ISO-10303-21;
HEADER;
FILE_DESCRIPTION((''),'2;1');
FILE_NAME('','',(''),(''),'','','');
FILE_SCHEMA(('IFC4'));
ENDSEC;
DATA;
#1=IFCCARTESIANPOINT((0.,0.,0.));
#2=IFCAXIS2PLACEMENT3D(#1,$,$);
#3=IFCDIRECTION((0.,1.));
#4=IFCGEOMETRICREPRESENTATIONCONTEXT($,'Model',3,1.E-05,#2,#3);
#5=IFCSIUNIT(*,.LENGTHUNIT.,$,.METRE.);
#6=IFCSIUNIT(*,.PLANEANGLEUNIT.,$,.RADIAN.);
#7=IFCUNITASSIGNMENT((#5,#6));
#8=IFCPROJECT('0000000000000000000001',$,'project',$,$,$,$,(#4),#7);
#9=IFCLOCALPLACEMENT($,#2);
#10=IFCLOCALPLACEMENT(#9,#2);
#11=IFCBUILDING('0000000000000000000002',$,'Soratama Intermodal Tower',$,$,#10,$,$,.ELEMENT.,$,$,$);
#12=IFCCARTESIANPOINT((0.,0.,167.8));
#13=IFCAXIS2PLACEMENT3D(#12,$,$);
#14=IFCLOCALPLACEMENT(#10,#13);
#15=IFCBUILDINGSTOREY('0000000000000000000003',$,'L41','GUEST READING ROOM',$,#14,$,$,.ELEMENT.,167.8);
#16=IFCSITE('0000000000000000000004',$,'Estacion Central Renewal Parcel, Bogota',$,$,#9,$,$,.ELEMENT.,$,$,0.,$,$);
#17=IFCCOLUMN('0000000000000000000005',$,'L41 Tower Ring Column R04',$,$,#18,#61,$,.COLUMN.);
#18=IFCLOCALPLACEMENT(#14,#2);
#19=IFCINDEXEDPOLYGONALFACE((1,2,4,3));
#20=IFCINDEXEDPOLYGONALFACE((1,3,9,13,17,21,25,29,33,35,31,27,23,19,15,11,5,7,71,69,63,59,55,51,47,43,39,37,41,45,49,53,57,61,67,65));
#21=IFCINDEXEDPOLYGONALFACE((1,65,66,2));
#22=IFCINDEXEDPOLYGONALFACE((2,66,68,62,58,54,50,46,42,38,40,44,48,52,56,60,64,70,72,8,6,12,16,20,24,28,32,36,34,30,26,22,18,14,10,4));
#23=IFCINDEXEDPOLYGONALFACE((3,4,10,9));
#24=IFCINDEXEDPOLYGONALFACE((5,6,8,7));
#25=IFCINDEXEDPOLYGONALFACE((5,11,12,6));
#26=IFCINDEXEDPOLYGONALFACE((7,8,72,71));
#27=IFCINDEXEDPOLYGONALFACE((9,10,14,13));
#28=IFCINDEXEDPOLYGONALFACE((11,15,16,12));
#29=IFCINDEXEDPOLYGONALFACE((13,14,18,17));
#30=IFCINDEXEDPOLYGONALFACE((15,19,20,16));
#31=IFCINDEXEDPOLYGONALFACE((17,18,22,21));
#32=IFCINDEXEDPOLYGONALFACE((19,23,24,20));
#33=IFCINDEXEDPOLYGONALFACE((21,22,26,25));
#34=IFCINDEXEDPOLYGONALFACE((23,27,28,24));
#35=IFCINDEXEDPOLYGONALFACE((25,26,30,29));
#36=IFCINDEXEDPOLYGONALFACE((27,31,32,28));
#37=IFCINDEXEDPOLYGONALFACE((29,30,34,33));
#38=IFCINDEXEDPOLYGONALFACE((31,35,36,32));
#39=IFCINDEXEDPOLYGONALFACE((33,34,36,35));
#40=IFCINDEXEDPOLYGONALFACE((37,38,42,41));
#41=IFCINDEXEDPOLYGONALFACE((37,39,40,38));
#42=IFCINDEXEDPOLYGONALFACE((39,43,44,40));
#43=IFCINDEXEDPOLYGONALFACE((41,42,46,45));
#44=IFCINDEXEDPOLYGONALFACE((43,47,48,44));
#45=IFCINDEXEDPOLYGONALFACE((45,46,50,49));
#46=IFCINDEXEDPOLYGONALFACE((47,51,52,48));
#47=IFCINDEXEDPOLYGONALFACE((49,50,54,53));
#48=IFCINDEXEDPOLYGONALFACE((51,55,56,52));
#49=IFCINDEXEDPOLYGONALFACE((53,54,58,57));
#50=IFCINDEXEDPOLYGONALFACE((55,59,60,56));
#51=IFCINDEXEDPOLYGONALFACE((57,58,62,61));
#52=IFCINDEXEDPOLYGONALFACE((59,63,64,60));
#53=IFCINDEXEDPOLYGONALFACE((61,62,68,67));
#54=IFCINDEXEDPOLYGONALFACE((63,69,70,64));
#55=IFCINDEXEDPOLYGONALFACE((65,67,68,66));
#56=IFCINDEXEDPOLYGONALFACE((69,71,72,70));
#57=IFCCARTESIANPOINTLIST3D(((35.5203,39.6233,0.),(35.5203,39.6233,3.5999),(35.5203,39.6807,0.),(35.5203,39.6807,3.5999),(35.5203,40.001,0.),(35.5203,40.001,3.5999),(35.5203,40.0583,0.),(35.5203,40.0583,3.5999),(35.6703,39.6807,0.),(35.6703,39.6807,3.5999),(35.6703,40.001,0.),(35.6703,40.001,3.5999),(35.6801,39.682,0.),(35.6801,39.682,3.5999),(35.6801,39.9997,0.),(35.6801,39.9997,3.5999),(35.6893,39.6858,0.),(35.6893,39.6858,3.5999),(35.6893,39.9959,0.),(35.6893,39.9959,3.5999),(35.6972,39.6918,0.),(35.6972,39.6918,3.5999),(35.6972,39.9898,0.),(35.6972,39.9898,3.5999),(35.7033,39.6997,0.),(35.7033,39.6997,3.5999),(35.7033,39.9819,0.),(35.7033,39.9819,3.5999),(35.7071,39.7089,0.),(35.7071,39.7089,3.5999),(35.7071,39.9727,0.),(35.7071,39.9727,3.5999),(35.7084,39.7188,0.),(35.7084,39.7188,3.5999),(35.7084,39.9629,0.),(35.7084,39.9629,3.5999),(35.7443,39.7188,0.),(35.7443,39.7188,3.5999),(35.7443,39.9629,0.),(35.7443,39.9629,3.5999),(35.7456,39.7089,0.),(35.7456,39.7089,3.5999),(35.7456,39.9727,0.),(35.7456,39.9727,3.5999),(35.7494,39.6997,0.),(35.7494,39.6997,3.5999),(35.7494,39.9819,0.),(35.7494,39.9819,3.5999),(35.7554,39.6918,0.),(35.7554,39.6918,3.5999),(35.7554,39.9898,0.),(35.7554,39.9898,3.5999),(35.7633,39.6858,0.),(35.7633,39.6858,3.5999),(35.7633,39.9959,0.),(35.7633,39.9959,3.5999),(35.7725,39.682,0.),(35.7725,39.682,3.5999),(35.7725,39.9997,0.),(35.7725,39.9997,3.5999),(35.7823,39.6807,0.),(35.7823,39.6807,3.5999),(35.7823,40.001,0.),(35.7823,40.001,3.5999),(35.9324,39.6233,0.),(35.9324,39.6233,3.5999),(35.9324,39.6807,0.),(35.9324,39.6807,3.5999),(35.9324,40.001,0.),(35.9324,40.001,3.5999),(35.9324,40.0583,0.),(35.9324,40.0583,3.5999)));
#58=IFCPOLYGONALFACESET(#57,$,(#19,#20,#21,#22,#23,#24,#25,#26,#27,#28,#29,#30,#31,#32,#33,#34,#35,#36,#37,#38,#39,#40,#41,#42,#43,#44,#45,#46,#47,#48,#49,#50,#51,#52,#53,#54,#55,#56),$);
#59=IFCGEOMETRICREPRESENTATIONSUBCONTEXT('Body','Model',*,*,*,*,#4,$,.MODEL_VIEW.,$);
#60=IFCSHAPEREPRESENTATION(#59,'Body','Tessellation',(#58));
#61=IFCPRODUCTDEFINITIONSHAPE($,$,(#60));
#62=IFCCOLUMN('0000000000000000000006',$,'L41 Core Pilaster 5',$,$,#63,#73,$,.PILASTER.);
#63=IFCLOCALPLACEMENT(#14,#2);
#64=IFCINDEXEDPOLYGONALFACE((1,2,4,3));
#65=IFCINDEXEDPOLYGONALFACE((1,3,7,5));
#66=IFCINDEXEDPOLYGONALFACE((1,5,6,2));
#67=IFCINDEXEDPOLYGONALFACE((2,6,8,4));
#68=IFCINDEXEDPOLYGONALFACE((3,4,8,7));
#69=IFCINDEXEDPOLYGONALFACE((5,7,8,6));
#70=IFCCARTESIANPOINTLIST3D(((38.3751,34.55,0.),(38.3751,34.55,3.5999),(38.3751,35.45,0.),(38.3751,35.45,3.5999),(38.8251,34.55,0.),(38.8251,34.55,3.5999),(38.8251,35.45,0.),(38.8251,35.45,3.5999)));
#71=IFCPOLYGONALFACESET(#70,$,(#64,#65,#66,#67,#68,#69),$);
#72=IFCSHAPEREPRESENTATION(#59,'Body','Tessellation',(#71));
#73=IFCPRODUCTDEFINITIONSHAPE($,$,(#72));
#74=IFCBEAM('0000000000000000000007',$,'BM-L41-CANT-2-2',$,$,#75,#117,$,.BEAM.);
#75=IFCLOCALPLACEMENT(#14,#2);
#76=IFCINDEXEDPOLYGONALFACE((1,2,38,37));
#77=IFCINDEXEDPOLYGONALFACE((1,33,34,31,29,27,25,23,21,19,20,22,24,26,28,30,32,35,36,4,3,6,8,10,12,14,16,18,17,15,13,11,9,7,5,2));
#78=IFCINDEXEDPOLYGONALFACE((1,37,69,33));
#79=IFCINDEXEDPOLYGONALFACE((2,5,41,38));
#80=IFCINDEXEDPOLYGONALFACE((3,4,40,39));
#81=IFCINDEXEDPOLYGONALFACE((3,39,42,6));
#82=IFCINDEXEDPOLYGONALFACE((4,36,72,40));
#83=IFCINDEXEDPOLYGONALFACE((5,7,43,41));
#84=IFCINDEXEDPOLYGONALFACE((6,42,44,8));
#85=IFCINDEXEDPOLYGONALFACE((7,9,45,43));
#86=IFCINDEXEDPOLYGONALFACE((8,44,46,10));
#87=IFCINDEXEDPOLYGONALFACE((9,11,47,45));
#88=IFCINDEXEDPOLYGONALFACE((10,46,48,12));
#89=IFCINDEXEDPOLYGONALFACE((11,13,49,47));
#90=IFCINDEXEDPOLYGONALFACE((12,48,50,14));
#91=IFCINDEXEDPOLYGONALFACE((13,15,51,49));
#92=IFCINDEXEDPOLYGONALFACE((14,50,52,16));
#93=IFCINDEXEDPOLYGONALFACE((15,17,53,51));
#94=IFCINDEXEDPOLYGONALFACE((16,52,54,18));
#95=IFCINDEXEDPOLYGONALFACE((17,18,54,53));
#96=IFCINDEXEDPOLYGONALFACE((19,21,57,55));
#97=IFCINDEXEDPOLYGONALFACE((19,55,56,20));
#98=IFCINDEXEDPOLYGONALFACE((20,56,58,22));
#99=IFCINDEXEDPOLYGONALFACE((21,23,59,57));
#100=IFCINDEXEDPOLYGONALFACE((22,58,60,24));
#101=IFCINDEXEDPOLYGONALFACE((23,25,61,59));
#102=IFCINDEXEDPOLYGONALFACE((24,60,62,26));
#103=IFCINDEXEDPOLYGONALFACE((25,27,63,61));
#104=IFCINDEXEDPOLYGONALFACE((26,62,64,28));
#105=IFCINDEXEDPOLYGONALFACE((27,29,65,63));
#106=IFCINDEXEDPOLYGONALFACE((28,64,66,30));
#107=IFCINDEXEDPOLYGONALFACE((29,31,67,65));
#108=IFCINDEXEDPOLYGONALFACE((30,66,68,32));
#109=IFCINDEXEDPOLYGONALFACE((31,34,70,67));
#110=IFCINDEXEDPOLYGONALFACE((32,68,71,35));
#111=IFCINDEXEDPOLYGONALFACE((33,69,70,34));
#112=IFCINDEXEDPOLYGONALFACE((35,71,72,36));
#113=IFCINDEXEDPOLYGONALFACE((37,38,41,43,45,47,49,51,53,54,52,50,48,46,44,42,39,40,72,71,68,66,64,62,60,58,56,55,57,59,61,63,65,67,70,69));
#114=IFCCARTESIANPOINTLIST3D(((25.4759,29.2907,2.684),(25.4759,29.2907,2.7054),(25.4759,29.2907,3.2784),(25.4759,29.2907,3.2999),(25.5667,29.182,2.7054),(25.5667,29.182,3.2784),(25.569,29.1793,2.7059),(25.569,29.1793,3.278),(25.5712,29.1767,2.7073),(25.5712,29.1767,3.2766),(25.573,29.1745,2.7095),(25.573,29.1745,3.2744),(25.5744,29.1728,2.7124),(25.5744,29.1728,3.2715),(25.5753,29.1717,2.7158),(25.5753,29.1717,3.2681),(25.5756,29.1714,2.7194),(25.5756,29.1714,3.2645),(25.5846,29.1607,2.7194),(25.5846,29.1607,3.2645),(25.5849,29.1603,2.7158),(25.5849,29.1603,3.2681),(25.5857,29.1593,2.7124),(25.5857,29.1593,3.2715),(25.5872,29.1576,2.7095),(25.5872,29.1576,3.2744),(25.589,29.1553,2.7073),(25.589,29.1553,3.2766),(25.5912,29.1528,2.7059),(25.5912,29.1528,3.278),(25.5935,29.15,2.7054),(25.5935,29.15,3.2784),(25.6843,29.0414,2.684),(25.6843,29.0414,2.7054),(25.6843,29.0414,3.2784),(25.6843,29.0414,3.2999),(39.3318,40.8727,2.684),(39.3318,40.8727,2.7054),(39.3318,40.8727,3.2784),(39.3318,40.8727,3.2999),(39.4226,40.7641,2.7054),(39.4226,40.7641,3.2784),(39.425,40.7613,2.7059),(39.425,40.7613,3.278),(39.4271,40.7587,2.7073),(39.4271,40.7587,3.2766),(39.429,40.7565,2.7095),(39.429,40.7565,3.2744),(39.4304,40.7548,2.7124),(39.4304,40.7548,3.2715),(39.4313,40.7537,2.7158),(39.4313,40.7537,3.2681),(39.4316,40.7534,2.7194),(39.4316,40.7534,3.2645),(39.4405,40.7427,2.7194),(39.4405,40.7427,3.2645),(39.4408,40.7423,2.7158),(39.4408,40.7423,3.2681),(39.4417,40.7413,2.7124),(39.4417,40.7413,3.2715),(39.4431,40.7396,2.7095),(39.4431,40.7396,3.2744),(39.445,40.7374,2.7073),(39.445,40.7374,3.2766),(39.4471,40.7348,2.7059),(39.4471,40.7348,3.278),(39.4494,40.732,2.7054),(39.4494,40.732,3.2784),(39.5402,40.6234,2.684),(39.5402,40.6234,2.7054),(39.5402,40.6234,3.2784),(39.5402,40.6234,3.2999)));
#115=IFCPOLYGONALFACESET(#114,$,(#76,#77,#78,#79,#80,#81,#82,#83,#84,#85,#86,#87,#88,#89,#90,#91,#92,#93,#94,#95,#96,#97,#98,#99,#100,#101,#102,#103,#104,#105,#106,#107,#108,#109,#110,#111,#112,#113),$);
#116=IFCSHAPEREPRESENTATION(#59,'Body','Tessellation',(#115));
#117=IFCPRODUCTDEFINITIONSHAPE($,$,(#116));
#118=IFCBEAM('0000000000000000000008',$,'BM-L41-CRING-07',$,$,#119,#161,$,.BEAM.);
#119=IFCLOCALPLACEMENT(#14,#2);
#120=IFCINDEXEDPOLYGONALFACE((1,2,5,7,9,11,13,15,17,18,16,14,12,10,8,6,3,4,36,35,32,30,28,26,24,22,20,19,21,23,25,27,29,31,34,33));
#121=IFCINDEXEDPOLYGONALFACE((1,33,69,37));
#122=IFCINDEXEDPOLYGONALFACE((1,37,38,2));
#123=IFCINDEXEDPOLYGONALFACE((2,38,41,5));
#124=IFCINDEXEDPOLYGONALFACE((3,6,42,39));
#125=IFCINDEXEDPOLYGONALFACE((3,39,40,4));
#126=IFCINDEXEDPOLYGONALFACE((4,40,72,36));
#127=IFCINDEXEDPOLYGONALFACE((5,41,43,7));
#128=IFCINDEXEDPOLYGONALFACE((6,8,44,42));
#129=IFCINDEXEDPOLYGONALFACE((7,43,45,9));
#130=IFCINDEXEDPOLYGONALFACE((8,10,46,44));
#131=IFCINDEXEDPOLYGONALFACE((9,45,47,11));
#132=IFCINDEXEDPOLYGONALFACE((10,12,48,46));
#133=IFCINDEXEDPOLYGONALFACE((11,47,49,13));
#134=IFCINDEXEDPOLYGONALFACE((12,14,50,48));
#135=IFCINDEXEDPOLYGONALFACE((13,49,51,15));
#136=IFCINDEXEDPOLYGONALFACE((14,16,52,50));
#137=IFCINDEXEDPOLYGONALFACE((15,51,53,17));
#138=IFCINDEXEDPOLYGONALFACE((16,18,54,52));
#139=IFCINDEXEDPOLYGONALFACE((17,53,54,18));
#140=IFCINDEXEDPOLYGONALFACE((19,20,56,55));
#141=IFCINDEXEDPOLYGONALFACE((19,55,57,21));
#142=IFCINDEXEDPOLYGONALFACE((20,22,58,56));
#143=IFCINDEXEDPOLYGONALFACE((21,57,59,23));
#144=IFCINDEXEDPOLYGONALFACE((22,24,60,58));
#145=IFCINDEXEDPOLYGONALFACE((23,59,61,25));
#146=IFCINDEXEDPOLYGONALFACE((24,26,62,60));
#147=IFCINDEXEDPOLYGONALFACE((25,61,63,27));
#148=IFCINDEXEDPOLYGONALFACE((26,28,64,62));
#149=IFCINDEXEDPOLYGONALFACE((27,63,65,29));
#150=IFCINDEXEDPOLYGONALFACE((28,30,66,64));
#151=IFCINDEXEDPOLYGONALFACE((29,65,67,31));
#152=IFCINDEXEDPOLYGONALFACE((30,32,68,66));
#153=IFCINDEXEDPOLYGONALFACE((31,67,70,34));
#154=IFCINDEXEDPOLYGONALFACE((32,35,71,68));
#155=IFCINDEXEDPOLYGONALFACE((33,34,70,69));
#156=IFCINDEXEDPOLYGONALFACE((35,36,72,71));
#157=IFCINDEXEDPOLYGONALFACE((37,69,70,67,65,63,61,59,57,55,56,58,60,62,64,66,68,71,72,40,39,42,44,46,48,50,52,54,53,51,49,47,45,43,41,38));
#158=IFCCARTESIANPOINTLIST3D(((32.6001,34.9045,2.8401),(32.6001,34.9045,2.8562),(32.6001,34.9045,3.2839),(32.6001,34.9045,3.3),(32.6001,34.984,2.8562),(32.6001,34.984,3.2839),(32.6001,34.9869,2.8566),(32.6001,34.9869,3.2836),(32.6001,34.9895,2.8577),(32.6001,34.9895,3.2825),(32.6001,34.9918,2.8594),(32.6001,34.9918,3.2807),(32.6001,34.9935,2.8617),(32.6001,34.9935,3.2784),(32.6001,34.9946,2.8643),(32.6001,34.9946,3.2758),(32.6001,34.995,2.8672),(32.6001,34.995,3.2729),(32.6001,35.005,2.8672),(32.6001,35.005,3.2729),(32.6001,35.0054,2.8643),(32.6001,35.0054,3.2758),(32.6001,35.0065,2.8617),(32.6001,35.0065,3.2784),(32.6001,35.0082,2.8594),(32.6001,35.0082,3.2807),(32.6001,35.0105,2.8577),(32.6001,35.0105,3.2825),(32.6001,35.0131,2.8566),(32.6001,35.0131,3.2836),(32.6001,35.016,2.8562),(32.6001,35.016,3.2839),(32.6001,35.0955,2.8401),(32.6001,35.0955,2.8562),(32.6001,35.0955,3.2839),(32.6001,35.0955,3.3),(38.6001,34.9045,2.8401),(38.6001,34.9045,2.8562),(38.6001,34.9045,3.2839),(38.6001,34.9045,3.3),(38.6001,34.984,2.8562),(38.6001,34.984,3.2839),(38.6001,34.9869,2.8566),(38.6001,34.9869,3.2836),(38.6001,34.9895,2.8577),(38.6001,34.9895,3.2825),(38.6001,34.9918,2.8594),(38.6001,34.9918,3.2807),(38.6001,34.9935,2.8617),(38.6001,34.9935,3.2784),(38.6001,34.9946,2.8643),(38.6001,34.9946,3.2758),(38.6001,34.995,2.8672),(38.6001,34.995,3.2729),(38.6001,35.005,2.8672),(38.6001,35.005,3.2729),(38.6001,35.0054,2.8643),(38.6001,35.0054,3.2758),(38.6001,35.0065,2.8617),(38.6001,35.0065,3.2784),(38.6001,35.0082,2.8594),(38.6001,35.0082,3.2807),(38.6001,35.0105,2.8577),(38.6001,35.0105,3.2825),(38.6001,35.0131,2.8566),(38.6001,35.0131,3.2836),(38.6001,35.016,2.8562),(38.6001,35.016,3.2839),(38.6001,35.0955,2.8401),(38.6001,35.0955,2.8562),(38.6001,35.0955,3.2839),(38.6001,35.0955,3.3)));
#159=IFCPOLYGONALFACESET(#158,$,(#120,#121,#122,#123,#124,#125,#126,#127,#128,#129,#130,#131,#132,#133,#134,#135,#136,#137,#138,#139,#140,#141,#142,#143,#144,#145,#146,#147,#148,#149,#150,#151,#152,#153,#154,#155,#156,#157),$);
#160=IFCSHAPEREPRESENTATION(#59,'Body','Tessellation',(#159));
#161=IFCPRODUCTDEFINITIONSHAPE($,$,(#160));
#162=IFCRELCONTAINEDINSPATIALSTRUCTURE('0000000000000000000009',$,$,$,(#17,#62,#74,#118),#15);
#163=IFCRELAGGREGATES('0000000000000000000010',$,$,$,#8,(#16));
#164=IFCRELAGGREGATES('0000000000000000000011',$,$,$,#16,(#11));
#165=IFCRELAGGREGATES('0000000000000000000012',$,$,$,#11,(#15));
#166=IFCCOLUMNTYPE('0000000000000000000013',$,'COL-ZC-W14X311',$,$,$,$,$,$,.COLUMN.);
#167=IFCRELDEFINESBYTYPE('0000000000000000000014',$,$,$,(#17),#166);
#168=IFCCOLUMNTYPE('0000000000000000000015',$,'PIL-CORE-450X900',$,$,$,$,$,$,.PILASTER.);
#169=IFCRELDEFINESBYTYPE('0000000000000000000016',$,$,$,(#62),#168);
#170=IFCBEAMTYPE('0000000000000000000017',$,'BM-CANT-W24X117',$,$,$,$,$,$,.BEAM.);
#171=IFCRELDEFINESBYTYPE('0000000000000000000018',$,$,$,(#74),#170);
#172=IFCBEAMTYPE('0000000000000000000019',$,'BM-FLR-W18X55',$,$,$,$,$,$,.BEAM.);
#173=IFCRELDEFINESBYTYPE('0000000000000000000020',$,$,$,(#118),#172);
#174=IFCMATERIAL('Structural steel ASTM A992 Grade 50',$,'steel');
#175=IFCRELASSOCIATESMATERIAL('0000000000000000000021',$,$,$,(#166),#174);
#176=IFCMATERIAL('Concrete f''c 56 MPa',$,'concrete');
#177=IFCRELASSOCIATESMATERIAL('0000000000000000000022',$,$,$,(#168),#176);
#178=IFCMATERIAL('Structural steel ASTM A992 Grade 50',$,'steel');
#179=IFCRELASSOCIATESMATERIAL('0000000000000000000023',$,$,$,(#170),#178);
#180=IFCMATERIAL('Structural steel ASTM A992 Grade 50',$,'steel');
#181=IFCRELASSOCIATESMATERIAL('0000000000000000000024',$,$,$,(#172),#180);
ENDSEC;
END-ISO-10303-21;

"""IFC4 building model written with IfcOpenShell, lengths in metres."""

from ifc_helpers import new_model, si_unit, direction, frame, origin, origin_2d, place, context, subcontext, project, spatial, rectangle, i_section, extrude, material, material_profile, profile_set, type_object, element, save


model = new_model("IFC4")

# Units and contexts
model_context = context("Model", 3, precision=1e-05, world=origin(), true_north=direction((0.0, 1.0)))
body_context = subcontext(model_context, "Body", "Model", "MODEL_VIEW")
ifc_project = project(units=[si_unit("LENGTHUNIT", "METRE"), si_unit("PLANEANGLEUNIT", "RADIAN")], contexts=[model_context])

# Site, building, storey
site_placement = place(None, origin())
site = spatial("IfcSite", under=ifc_project, at=site_placement, Name="Estacion Central Renewal Parcel, Bogota", CompositionType="ELEMENT", RefElevation=0.0)
building_placement = place(site_placement, origin())
building = spatial("IfcBuilding", under=site, at=building_placement, Name="Soratama Intermodal Tower", CompositionType="ELEMENT")
storey_placement = place(building_placement, frame((0.0, 0.0, 167.8)))
storey = spatial("IfcBuildingStorey", under=building, at=storey_placement, Name="L41", Description="GUEST READING ROOM", CompositionType="ELEMENT", Elevation=167.8)

# Columns
ifc_material_1 = material(Name="Structural steel ASTM A992 Grade 50", Category="steel")
ifc_material_profile_1 = material_profile(ifc_material_1, i_section(OverallWidth=0.4121, OverallDepth=0.4351, WebThickness=0.0359, FlangeThickness=0.0574, FilletRadius=0.0381, at=origin_2d()), Name="W14X311")
ifc_profile_set_1 = profile_set([ifc_material_profile_1], Name="Structural steel ASTM A992 Grade 50")
column_type_1 = type_object("IfcColumnType", Name="COL-ZC-W14X311", PredefinedType="COLUMN", material=ifc_profile_set_1)
column_1_placement = place(storey_placement, frame((35.7263, 39.8408, 0.0), z_axis=(0.0, 0.0, 1.0), x_axis=(1.0, 0.0, 0.0)))
element("IfcColumn", 1, at=column_1_placement, inside=storey, type_object=column_type_1, Name="L41 Tower Ring Column R04", PredefinedType="COLUMN", context=body_context, shape_type="SweptSolid", body=[
    extrude(i_section(OverallWidth=0.4121, OverallDepth=0.4351, WebThickness=0.0359, FlangeThickness=0.0574, FilletRadius=0.0381, at=origin_2d()), origin(), (0.0, 0.0, 1.0), 3.5999),
])
ifc_material_2 = material(Name="Concrete f'c 56 MPa", Category="concrete")
ifc_material_profile_2 = material_profile(ifc_material_2, rectangle(XDim=0.45, YDim=0.8999, at=origin_2d()), Name="RC450X900")
ifc_profile_set_2 = profile_set([ifc_material_profile_2], Name="Concrete f'c 56 MPa")
column_type_2 = type_object("IfcColumnType", Name="PIL-CORE-450X900", PredefinedType="PILASTER", material=ifc_profile_set_2)
column_2_placement = place(storey_placement, frame((38.6001, 35.0, 0.0), z_axis=(0.0, 0.0, 1.0), x_axis=(1.0, 0.0, 0.0)))
element("IfcColumn", 2, at=column_2_placement, inside=storey, type_object=column_type_2, Name="L41 Core Pilaster 5", PredefinedType="PILASTER", context=body_context, shape_type="SweptSolid", body=[
    extrude(rectangle(XDim=0.45, YDim=0.8999, at=origin_2d()), origin(), (0.0, 0.0, 1.0), 3.5999),
])

# Beams
ifc_material_3 = material(Name="Structural steel ASTM A992 Grade 50", Category="steel")
ifc_material_profile_3 = material_profile(ifc_material_3, i_section(OverallWidth=0.325, OverallDepth=0.616, WebThickness=0.0139, FlangeThickness=0.0215, FilletRadius=0.0139, at=origin_2d()), Name="W24X117")
ifc_profile_set_3 = profile_set([ifc_material_profile_3], Name="Structural steel ASTM A992 Grade 50")
beam_type_1 = type_object("IfcBeamType", Name="BM-CANT-W24X117", PredefinedType="BEAM", material=ifc_profile_set_3)
beam_1_placement = place(storey_placement, frame((39.436, 40.748, 2.9919), z_axis=(-0.767256, -0.641341, 0.0), x_axis=(0.641341, -0.767256, 0.0)))
element("IfcBeam", 3, at=beam_1_placement, inside=storey, type_object=beam_type_1, Name="BM-L41-CANT-2-2", PredefinedType="BEAM", context=body_context, shape_type="SweptSolid", body=[
    extrude(i_section(OverallWidth=0.325, OverallDepth=0.616, WebThickness=0.0139, FlangeThickness=0.0215, FilletRadius=0.0139, at=origin_2d()), origin(), (0.0, 0.0, 1.0), 18.0591),
])
ifc_material_4 = material(Name="Structural steel ASTM A992 Grade 50", Category="steel")
ifc_material_profile_4 = material_profile(ifc_material_4, i_section(OverallWidth=0.1909, OverallDepth=0.46, WebThickness=0.01, FlangeThickness=0.0161, FilletRadius=0.011, at=origin_2d()), Name="W18X55")
ifc_profile_set_4 = profile_set([ifc_material_profile_4], Name="Structural steel ASTM A992 Grade 50")
beam_type_2 = type_object("IfcBeamType", Name="BM-FLR-W18X55", PredefinedType="BEAM", material=ifc_profile_set_4)
beam_2_placement = place(storey_placement, frame((38.6001, 35.0, 3.0701), z_axis=(-1.0, 0.0, 0.0), x_axis=(0.0, -1.0, 0.0)))
element("IfcBeam", 4, at=beam_2_placement, inside=storey, type_object=beam_type_2, Name="BM-L41-CRING-07", PredefinedType="BEAM", context=body_context, shape_type="SweptSolid", body=[
    extrude(i_section(OverallWidth=0.1909, OverallDepth=0.46, WebThickness=0.01, FlangeThickness=0.0161, FilletRadius=0.011, at=origin_2d()), origin(), (0.0, 0.0, 1.0), 6.0),
])

save(model, "model.ifc")
